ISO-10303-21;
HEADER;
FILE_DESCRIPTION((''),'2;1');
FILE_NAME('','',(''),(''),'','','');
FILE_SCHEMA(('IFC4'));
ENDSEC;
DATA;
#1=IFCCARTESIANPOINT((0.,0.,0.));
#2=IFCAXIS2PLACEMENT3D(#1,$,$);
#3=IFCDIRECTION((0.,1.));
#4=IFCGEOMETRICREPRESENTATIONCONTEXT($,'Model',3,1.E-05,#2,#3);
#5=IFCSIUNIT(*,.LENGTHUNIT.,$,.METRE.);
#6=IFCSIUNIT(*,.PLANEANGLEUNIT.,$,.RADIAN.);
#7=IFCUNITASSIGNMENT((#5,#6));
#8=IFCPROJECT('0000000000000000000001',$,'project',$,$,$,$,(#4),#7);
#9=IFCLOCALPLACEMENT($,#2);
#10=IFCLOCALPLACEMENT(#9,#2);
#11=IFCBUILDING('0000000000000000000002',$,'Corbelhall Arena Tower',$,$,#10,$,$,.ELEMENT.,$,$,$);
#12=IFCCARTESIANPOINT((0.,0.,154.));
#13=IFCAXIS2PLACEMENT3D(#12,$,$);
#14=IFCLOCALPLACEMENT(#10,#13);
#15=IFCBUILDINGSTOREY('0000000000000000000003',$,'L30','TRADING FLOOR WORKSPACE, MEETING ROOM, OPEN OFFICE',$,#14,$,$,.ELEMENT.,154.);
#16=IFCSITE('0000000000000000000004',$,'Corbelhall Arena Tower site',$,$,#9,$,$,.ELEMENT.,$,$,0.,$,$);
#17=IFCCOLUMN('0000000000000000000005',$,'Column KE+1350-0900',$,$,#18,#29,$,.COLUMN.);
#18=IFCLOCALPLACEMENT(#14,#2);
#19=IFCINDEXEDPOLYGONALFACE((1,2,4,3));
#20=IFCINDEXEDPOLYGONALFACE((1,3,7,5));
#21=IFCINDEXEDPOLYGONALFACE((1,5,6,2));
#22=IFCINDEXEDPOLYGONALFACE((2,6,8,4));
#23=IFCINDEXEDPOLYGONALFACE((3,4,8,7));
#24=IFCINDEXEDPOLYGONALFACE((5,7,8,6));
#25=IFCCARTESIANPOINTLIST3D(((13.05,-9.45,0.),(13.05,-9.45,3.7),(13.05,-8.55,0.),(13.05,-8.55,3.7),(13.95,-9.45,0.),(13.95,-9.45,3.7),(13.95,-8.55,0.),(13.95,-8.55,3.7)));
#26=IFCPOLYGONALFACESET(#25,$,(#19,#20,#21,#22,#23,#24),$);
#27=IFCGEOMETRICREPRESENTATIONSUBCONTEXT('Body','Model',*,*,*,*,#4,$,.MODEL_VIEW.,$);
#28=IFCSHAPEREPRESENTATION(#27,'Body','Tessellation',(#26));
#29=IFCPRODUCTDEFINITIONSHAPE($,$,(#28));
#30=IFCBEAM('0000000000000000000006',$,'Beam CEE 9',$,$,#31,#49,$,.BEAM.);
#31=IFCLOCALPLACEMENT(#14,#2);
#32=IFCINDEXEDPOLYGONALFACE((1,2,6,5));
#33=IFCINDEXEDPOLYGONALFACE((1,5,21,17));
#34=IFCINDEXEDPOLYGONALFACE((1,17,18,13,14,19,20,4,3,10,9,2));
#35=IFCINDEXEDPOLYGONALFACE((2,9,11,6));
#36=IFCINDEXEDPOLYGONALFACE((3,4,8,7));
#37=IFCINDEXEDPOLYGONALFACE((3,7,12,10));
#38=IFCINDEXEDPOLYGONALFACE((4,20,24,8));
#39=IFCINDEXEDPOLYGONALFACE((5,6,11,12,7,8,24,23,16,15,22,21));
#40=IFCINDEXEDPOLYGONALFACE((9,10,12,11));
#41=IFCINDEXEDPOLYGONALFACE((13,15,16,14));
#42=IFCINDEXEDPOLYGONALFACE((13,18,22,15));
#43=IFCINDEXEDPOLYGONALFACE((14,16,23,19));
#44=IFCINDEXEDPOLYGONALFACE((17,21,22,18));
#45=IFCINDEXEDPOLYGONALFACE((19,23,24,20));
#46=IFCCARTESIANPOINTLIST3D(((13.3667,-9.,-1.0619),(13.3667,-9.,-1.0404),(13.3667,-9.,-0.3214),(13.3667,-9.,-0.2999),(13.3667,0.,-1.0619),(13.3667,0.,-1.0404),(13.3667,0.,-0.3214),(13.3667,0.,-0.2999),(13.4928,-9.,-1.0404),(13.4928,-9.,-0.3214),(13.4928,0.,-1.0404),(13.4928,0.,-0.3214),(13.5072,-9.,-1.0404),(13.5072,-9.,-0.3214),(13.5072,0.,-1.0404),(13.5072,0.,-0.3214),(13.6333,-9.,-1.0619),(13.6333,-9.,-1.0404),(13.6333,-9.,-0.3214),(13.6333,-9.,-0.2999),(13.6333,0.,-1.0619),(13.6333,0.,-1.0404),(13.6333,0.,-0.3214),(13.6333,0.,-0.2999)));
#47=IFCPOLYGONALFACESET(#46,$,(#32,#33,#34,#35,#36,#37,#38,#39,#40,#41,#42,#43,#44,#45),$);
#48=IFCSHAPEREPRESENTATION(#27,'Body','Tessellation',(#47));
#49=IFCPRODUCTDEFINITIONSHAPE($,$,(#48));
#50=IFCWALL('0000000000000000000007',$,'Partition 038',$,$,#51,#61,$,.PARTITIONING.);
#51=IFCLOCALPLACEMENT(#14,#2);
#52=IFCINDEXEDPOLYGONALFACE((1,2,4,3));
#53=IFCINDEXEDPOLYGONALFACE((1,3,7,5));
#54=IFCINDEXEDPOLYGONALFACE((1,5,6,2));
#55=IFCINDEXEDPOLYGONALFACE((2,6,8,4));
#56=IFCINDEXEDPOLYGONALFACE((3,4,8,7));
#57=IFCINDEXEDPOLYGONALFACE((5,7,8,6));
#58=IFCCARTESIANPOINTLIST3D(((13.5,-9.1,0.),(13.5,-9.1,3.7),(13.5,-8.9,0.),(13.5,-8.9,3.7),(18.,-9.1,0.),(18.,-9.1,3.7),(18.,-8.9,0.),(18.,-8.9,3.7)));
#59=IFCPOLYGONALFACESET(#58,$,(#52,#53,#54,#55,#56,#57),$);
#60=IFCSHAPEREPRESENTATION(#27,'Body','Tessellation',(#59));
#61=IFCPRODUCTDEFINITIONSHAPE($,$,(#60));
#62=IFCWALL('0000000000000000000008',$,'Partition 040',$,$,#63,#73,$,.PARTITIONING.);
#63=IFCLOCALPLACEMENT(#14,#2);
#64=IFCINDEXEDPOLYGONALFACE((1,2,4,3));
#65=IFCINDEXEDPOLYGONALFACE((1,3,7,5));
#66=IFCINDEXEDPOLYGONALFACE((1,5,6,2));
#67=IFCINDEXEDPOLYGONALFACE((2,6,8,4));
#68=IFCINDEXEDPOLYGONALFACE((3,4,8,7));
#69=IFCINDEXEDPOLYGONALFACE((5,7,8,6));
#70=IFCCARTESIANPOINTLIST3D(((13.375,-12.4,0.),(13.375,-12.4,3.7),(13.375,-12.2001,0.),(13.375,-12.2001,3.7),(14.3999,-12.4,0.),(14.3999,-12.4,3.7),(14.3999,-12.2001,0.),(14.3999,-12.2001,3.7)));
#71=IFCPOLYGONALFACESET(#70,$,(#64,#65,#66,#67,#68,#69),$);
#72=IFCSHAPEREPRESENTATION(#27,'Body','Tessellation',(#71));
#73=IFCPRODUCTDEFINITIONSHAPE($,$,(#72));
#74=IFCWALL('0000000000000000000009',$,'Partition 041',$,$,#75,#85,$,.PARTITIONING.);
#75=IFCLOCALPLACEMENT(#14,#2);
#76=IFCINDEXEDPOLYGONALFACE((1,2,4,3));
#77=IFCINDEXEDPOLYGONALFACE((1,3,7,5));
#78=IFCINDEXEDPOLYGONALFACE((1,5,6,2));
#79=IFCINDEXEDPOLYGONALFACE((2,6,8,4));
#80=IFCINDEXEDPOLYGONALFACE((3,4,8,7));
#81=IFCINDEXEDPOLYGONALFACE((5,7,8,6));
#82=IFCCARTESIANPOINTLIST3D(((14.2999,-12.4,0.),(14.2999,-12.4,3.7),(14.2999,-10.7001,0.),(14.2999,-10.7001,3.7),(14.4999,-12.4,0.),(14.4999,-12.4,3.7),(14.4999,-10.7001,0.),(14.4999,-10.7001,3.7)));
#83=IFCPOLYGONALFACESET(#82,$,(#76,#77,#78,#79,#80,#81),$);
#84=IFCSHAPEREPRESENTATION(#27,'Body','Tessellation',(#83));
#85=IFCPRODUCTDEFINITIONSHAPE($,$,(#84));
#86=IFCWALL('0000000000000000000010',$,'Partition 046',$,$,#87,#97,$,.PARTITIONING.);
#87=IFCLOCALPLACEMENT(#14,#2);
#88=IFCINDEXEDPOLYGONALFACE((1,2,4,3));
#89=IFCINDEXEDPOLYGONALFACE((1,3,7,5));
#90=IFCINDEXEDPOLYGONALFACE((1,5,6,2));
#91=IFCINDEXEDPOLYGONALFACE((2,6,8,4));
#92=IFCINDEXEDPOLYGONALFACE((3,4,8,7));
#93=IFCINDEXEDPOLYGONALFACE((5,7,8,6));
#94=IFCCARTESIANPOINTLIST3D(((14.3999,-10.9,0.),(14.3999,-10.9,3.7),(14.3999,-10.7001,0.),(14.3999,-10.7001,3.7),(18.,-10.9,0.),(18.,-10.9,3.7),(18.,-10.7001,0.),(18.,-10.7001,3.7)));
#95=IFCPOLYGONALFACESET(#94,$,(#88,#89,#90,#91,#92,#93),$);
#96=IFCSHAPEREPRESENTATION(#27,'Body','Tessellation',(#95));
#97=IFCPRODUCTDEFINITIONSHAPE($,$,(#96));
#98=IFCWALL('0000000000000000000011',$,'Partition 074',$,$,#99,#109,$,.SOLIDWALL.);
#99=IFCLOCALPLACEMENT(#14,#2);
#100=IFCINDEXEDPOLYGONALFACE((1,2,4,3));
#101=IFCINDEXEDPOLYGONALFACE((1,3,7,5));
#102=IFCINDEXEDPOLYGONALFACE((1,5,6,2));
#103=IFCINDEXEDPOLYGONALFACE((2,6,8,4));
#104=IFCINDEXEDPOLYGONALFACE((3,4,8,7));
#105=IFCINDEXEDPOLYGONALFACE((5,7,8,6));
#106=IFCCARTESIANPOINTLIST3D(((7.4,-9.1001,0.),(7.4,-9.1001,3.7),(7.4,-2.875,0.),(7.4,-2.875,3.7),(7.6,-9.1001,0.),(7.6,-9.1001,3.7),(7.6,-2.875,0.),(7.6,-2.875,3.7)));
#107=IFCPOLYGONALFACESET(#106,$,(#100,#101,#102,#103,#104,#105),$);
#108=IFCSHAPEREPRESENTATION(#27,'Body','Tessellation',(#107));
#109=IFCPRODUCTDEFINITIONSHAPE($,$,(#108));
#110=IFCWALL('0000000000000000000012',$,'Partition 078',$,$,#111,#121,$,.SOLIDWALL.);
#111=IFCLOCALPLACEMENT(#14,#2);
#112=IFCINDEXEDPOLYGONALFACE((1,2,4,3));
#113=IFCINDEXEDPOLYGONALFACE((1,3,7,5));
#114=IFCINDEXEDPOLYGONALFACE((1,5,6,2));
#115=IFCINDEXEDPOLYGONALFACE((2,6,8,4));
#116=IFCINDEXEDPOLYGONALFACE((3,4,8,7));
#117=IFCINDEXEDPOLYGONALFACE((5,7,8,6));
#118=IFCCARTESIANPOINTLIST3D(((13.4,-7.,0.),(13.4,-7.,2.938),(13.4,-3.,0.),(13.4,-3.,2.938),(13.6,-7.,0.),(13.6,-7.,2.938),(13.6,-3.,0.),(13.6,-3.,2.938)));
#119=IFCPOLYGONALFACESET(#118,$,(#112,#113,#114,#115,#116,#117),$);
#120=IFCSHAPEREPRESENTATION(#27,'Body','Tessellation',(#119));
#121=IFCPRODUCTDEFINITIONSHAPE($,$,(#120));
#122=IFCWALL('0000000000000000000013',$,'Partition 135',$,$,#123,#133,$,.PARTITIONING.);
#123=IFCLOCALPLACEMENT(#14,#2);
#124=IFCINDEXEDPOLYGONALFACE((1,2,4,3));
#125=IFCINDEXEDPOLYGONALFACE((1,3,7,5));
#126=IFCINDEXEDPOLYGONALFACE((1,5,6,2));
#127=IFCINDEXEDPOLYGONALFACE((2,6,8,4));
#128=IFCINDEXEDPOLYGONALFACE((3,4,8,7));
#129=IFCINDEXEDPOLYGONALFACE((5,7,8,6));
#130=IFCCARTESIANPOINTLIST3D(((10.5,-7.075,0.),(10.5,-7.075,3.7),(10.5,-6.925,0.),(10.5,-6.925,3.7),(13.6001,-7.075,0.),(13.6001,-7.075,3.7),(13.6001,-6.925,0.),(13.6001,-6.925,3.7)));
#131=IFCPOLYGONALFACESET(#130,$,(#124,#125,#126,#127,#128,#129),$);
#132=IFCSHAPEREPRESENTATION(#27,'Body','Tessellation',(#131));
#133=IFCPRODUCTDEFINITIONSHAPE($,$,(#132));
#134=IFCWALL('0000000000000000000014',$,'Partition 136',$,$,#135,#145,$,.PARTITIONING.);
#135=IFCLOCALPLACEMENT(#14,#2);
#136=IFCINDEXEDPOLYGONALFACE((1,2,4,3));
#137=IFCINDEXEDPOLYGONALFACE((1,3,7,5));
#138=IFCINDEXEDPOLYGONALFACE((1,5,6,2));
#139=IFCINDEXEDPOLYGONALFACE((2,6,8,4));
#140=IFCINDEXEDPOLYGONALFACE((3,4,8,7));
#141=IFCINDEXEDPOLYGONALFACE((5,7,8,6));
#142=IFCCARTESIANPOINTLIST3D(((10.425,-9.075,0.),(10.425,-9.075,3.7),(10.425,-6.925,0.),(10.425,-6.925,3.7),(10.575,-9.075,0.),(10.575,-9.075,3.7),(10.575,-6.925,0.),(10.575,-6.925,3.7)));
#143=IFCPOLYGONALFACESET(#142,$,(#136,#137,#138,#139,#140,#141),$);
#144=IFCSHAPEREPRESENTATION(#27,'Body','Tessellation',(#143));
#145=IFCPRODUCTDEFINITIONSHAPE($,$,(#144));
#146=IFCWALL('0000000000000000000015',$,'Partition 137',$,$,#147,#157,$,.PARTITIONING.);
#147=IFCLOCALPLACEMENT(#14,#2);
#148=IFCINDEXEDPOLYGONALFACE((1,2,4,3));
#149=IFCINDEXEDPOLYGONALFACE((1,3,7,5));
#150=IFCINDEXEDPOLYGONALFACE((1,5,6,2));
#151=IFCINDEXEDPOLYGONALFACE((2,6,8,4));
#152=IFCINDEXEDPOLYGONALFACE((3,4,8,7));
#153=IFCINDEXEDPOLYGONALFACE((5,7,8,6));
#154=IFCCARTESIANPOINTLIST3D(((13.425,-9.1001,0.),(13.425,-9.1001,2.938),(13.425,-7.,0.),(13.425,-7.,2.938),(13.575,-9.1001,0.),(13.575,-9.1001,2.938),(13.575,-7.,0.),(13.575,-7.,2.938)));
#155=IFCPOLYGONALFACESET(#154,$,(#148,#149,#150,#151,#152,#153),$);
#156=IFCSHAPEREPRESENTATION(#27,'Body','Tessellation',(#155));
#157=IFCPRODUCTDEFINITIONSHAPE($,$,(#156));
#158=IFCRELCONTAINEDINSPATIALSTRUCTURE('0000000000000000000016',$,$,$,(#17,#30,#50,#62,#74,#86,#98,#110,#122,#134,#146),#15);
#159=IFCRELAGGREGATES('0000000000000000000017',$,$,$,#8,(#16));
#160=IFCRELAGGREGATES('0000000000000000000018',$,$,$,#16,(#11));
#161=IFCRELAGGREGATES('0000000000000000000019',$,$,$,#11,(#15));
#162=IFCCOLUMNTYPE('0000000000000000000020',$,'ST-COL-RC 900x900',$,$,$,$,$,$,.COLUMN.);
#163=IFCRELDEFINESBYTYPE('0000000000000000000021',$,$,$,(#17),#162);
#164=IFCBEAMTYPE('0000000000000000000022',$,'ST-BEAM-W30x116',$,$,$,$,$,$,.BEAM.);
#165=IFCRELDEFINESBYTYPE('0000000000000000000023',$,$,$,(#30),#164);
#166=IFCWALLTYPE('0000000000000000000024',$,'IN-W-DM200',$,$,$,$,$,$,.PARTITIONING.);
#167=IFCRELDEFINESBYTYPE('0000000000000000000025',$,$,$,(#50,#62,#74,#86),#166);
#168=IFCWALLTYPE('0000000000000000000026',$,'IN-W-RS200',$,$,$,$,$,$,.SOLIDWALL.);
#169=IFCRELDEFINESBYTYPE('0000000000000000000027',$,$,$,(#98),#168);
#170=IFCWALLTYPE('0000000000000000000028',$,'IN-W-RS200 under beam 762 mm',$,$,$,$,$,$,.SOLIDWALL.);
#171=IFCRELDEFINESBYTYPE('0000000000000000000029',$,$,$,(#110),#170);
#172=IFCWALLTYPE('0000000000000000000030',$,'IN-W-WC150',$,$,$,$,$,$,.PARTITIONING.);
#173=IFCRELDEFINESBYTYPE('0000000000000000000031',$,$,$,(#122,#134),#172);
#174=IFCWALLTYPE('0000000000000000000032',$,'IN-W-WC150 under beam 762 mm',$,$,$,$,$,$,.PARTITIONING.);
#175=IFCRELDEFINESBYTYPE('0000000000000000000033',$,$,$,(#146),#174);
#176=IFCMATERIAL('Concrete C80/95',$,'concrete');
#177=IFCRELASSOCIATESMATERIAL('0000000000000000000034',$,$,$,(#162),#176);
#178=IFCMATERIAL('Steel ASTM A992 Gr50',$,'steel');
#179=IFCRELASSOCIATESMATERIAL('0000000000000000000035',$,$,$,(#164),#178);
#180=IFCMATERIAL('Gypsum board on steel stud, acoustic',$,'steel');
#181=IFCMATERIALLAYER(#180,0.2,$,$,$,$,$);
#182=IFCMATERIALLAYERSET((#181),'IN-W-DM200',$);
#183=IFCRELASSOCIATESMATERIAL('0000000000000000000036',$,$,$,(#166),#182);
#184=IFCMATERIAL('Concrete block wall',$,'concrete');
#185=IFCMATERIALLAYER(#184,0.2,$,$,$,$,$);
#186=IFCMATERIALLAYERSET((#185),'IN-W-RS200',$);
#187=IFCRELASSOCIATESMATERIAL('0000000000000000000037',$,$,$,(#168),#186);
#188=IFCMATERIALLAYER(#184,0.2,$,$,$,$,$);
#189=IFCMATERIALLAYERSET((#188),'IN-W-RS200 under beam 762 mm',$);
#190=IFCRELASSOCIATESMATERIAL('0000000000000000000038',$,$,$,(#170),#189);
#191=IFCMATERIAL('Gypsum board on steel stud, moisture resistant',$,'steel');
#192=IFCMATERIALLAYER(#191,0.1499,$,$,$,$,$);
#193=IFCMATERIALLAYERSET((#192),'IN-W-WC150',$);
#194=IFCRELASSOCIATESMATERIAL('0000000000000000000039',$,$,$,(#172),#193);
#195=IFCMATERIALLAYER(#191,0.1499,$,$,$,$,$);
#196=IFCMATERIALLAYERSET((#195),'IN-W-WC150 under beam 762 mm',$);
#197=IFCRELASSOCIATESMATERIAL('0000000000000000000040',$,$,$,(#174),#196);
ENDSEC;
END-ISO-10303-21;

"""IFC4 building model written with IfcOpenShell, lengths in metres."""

from ifc_helpers import new_model, si_unit, direction, frame, frame_2d, origin, origin_2d, place, context, subcontext, project, spatial, rectangle, i_section, extrude, material, layer, layer_set, material_profile, profile_set, type_object, element, save


model = new_model("IFC4")

# Units and contexts
model_context = context("Model", 3, precision=1e-05, world=origin(), true_north=direction((0.0, 1.0)))
body_context = subcontext(model_context, "Body", "Model", "MODEL_VIEW")
ifc_project = project(units=[si_unit("LENGTHUNIT", "METRE"), si_unit("PLANEANGLEUNIT", "RADIAN")], contexts=[model_context])

# Site, building, storey
site_placement = place(None, origin())
site = spatial("IfcSite", under=ifc_project, at=site_placement, Name="Corbelhall Arena Tower site", CompositionType="ELEMENT", RefElevation=0.0)
building_placement = place(site_placement, origin())
building = spatial("IfcBuilding", under=site, at=building_placement, Name="Corbelhall Arena Tower", CompositionType="ELEMENT")
storey_placement = place(building_placement, frame((0.0, 0.0, 154.0)))
storey = spatial("IfcBuildingStorey", under=building, at=storey_placement, Name="L30", Description="TRADING FLOOR WORKSPACE, MEETING ROOM, OPEN OFFICE", CompositionType="ELEMENT", Elevation=154.0)

# Column
ifc_material_1 = material(Name="Concrete C80/95", Category="concrete")
ifc_material_profile_1 = material_profile(ifc_material_1, rectangle(XDim=0.8999, YDim=0.8999, at=origin_2d()))
ifc_profile_set_1 = profile_set([ifc_material_profile_1], Name="Concrete C80/95")
column_type = type_object("IfcColumnType", Name="ST-COL-RC 900x900", PredefinedType="COLUMN", material=ifc_profile_set_1)
column_placement = place(storey_placement, frame((13.5, -9.0, 0.0), z_axis=(0.0, 0.0, 1.0), x_axis=(1.0, 0.0, 0.0)))
element("IfcColumn", 1, at=column_placement, inside=storey, type_object=column_type, Name="Column KE+1350-0900", PredefinedType="COLUMN", context=body_context, shape_type="SweptSolid", body=[
    extrude(rectangle(XDim=0.8999, YDim=0.8999, at=origin_2d()), origin(), (0.0, 0.0, 1.0), 3.7),
])

# Beam
ifc_material_2 = material(Name="Steel ASTM A992 Gr50", Category="steel")
ifc_material_profile_2 = material_profile(ifc_material_2, i_section(OverallWidth=0.2666, OverallDepth=0.762, WebThickness=0.0144, FlangeThickness=0.0215, at=origin_2d()))
ifc_profile_set_2 = profile_set([ifc_material_profile_2], Name="Steel ASTM A992 Gr50")
beam_type = type_object("IfcBeamType", Name="ST-BEAM-W30x116", PredefinedType="BEAM", material=ifc_profile_set_2)
beam_placement = place(storey_placement, frame((13.5, -9.0, -0.6809), z_axis=(0.0, 1.0, 0.0), x_axis=(-1.0, 0.0, 0.0)))
element("IfcBeam", 2, at=beam_placement, inside=storey, type_object=beam_type, Name="Beam CEE 9", PredefinedType="BEAM", context=body_context, shape_type="SweptSolid", body=[
    extrude(i_section(OverallWidth=0.2666, OverallDepth=0.762, WebThickness=0.0144, FlangeThickness=0.0215, at=origin_2d()), origin(), (0.0, 0.0, 1.0), 9.0),
])

# Walls
ifc_material_3 = material(Name="Gypsum board on steel stud, acoustic", Category="steel")
ifc_layer_1 = layer(ifc_material_3, 0.2)
ifc_layer_set_1 = layer_set([ifc_layer_1], Name="IN-W-DM200")
wall_type_1 = type_object("IfcWallType", Name="IN-W-DM200", PredefinedType="PARTITIONING", material=ifc_layer_set_1)
wall_1_placement = place(storey_placement, frame((13.5, -9.0, 0.0), z_axis=(0.0, 0.0, 1.0), x_axis=(1.0, 0.0, 0.0)))
element("IfcWall", 3, at=wall_1_placement, inside=storey, type_object=wall_type_1, Name="Partition 038", PredefinedType="PARTITIONING", context=body_context, shape_type="SweptSolid", body=[
    extrude(rectangle(XDim=4.5, YDim=0.2, at=frame_2d((2.25, 0.0))), origin(), (0.0, 0.0, 1.0), 3.7),
])
wall_2_placement = place(storey_placement, frame((14.3999, -12.3, 0.0), z_axis=(0.0, 0.0, 1.0), x_axis=(-1.0, 0.0, 0.0)))
element("IfcWall", 4, at=wall_2_placement, inside=storey, type_object=wall_type_1, Name="Partition 040", PredefinedType="PARTITIONING", context=body_context, shape_type="SweptSolid", body=[
    extrude(rectangle(XDim=1.0249, YDim=0.2, at=frame_2d((0.5125, 0.0))), origin(), (0.0, 0.0, 1.0), 3.7),
])
wall_3_placement = place(storey_placement, frame((14.3999, -10.7, 0.0), z_axis=(0.0, 0.0, 1.0), x_axis=(0.0, -1.0, 0.0)))
element("IfcWall", 5, at=wall_3_placement, inside=storey, type_object=wall_type_1, Name="Partition 041", PredefinedType="PARTITIONING", context=body_context, shape_type="SweptSolid", body=[
    extrude(rectangle(XDim=1.7, YDim=0.2, at=frame_2d((0.8501, 0.0))), origin(), (0.0, 0.0, 1.0), 3.7),
])
wall_4_placement = place(storey_placement, frame((18.0, -10.8, 0.0), z_axis=(0.0, 0.0, 1.0), x_axis=(-1.0, 0.0, 0.0)))
element("IfcWall", 6, at=wall_4_placement, inside=storey, type_object=wall_type_1, Name="Partition 046", PredefinedType="PARTITIONING", context=body_context, shape_type="SweptSolid", body=[
    extrude(rectangle(XDim=3.6001, YDim=0.2, at=frame_2d((1.8, 0.0))), origin(), (0.0, 0.0, 1.0), 3.7),
])

# Wall
ifc_material_4 = material(Name="Concrete block wall", Category="concrete")
ifc_layer_2 = layer(ifc_material_4, 0.2)
ifc_layer_set_2 = layer_set([ifc_layer_2], Name="IN-W-RS200")
wall_type_2 = type_object("IfcWallType", Name="IN-W-RS200", PredefinedType="SOLIDWALL", material=ifc_layer_set_2)
wall_5_placement = place(storey_placement, frame((7.5, -2.875, 0.0), z_axis=(0.0, 0.0, 1.0), x_axis=(0.0, -1.0, 0.0)))
element("IfcWall", 7, at=wall_5_placement, inside=storey, type_object=wall_type_2, Name="Partition 074", PredefinedType="SOLIDWALL", context=body_context, shape_type="SweptSolid", body=[
    extrude(rectangle(XDim=6.2251, YDim=0.2, at=frame_2d((3.1125, 0.0))), origin(), (0.0, 0.0, 1.0), 3.7),
])

# Walls
ifc_layer_3 = layer(ifc_material_4, 0.2)
ifc_layer_set_3 = layer_set([ifc_layer_3], Name="IN-W-RS200 under beam 762 mm")
wall_type_3 = type_object("IfcWallType", Name="IN-W-RS200 under beam 762 mm", PredefinedType="SOLIDWALL", material=ifc_layer_set_3)
wall_6_placement = place(storey_placement, frame((13.5, -3.0, 0.0), z_axis=(0.0, 0.0, 1.0), x_axis=(0.0, -1.0, 0.0)))
element("IfcWall", 8, at=wall_6_placement, inside=storey, type_object=wall_type_3, Name="Partition 078", PredefinedType="SOLIDWALL", context=body_context, shape_type="SweptSolid", body=[
    extrude(rectangle(XDim=4.0, YDim=0.2, at=frame_2d((2.0, 0.0))), origin(), (0.0, 0.0, 1.0), 2.938),
])
ifc_material_5 = material(Name="Gypsum board on steel stud, moisture resistant", Category="steel")
ifc_layer_4 = layer(ifc_material_5, 0.1499)
ifc_layer_set_4 = layer_set([ifc_layer_4], Name="IN-W-WC150")
wall_type_4 = type_object("IfcWallType", Name="IN-W-WC150", PredefinedType="PARTITIONING", material=ifc_layer_set_4)
wall_7_placement = place(storey_placement, frame((10.5, -7.0, 0.0), z_axis=(0.0, 0.0, 1.0), x_axis=(1.0, 0.0, 0.0)))
element("IfcWall", 9, at=wall_7_placement, inside=storey, type_object=wall_type_4, Name="Partition 135", PredefinedType="PARTITIONING", context=body_context, shape_type="SweptSolid", body=[
    extrude(rectangle(XDim=3.1001, YDim=0.1499, at=frame_2d((1.55, 0.0))), origin(), (0.0, 0.0, 1.0), 3.7),
])
wall_8_placement = place(storey_placement, frame((10.5, -6.925, 0.0), z_axis=(0.0, 0.0, 1.0), x_axis=(0.0, -1.0, 0.0)))
element("IfcWall", 10, at=wall_8_placement, inside=storey, type_object=wall_type_4, Name="Partition 136", PredefinedType="PARTITIONING", context=body_context, shape_type="SweptSolid", body=[
    extrude(rectangle(XDim=2.1499, YDim=0.1499, at=frame_2d((1.075, 0.0))), origin(), (0.0, 0.0, 1.0), 3.7),
])
ifc_layer_5 = layer(ifc_material_5, 0.1499)
ifc_layer_set_5 = layer_set([ifc_layer_5], Name="IN-W-WC150 under beam 762 mm")
wall_type_5 = type_object("IfcWallType", Name="IN-W-WC150 under beam 762 mm", PredefinedType="PARTITIONING", material=ifc_layer_set_5)
wall_9_placement = place(storey_placement, frame((13.5, -7.0, 0.0), z_axis=(0.0, 0.0, 1.0), x_axis=(0.0, -1.0, 0.0)))
element("IfcWall", 11, at=wall_9_placement, inside=storey, type_object=wall_type_5, Name="Partition 137", PredefinedType="PARTITIONING", context=body_context, shape_type="SweptSolid", body=[
    extrude(rectangle(XDim=2.1001, YDim=0.1499, at=frame_2d((1.05, 0.0))), origin(), (0.0, 0.0, 1.0), 2.938),
])

save(model, "model.ifc")
